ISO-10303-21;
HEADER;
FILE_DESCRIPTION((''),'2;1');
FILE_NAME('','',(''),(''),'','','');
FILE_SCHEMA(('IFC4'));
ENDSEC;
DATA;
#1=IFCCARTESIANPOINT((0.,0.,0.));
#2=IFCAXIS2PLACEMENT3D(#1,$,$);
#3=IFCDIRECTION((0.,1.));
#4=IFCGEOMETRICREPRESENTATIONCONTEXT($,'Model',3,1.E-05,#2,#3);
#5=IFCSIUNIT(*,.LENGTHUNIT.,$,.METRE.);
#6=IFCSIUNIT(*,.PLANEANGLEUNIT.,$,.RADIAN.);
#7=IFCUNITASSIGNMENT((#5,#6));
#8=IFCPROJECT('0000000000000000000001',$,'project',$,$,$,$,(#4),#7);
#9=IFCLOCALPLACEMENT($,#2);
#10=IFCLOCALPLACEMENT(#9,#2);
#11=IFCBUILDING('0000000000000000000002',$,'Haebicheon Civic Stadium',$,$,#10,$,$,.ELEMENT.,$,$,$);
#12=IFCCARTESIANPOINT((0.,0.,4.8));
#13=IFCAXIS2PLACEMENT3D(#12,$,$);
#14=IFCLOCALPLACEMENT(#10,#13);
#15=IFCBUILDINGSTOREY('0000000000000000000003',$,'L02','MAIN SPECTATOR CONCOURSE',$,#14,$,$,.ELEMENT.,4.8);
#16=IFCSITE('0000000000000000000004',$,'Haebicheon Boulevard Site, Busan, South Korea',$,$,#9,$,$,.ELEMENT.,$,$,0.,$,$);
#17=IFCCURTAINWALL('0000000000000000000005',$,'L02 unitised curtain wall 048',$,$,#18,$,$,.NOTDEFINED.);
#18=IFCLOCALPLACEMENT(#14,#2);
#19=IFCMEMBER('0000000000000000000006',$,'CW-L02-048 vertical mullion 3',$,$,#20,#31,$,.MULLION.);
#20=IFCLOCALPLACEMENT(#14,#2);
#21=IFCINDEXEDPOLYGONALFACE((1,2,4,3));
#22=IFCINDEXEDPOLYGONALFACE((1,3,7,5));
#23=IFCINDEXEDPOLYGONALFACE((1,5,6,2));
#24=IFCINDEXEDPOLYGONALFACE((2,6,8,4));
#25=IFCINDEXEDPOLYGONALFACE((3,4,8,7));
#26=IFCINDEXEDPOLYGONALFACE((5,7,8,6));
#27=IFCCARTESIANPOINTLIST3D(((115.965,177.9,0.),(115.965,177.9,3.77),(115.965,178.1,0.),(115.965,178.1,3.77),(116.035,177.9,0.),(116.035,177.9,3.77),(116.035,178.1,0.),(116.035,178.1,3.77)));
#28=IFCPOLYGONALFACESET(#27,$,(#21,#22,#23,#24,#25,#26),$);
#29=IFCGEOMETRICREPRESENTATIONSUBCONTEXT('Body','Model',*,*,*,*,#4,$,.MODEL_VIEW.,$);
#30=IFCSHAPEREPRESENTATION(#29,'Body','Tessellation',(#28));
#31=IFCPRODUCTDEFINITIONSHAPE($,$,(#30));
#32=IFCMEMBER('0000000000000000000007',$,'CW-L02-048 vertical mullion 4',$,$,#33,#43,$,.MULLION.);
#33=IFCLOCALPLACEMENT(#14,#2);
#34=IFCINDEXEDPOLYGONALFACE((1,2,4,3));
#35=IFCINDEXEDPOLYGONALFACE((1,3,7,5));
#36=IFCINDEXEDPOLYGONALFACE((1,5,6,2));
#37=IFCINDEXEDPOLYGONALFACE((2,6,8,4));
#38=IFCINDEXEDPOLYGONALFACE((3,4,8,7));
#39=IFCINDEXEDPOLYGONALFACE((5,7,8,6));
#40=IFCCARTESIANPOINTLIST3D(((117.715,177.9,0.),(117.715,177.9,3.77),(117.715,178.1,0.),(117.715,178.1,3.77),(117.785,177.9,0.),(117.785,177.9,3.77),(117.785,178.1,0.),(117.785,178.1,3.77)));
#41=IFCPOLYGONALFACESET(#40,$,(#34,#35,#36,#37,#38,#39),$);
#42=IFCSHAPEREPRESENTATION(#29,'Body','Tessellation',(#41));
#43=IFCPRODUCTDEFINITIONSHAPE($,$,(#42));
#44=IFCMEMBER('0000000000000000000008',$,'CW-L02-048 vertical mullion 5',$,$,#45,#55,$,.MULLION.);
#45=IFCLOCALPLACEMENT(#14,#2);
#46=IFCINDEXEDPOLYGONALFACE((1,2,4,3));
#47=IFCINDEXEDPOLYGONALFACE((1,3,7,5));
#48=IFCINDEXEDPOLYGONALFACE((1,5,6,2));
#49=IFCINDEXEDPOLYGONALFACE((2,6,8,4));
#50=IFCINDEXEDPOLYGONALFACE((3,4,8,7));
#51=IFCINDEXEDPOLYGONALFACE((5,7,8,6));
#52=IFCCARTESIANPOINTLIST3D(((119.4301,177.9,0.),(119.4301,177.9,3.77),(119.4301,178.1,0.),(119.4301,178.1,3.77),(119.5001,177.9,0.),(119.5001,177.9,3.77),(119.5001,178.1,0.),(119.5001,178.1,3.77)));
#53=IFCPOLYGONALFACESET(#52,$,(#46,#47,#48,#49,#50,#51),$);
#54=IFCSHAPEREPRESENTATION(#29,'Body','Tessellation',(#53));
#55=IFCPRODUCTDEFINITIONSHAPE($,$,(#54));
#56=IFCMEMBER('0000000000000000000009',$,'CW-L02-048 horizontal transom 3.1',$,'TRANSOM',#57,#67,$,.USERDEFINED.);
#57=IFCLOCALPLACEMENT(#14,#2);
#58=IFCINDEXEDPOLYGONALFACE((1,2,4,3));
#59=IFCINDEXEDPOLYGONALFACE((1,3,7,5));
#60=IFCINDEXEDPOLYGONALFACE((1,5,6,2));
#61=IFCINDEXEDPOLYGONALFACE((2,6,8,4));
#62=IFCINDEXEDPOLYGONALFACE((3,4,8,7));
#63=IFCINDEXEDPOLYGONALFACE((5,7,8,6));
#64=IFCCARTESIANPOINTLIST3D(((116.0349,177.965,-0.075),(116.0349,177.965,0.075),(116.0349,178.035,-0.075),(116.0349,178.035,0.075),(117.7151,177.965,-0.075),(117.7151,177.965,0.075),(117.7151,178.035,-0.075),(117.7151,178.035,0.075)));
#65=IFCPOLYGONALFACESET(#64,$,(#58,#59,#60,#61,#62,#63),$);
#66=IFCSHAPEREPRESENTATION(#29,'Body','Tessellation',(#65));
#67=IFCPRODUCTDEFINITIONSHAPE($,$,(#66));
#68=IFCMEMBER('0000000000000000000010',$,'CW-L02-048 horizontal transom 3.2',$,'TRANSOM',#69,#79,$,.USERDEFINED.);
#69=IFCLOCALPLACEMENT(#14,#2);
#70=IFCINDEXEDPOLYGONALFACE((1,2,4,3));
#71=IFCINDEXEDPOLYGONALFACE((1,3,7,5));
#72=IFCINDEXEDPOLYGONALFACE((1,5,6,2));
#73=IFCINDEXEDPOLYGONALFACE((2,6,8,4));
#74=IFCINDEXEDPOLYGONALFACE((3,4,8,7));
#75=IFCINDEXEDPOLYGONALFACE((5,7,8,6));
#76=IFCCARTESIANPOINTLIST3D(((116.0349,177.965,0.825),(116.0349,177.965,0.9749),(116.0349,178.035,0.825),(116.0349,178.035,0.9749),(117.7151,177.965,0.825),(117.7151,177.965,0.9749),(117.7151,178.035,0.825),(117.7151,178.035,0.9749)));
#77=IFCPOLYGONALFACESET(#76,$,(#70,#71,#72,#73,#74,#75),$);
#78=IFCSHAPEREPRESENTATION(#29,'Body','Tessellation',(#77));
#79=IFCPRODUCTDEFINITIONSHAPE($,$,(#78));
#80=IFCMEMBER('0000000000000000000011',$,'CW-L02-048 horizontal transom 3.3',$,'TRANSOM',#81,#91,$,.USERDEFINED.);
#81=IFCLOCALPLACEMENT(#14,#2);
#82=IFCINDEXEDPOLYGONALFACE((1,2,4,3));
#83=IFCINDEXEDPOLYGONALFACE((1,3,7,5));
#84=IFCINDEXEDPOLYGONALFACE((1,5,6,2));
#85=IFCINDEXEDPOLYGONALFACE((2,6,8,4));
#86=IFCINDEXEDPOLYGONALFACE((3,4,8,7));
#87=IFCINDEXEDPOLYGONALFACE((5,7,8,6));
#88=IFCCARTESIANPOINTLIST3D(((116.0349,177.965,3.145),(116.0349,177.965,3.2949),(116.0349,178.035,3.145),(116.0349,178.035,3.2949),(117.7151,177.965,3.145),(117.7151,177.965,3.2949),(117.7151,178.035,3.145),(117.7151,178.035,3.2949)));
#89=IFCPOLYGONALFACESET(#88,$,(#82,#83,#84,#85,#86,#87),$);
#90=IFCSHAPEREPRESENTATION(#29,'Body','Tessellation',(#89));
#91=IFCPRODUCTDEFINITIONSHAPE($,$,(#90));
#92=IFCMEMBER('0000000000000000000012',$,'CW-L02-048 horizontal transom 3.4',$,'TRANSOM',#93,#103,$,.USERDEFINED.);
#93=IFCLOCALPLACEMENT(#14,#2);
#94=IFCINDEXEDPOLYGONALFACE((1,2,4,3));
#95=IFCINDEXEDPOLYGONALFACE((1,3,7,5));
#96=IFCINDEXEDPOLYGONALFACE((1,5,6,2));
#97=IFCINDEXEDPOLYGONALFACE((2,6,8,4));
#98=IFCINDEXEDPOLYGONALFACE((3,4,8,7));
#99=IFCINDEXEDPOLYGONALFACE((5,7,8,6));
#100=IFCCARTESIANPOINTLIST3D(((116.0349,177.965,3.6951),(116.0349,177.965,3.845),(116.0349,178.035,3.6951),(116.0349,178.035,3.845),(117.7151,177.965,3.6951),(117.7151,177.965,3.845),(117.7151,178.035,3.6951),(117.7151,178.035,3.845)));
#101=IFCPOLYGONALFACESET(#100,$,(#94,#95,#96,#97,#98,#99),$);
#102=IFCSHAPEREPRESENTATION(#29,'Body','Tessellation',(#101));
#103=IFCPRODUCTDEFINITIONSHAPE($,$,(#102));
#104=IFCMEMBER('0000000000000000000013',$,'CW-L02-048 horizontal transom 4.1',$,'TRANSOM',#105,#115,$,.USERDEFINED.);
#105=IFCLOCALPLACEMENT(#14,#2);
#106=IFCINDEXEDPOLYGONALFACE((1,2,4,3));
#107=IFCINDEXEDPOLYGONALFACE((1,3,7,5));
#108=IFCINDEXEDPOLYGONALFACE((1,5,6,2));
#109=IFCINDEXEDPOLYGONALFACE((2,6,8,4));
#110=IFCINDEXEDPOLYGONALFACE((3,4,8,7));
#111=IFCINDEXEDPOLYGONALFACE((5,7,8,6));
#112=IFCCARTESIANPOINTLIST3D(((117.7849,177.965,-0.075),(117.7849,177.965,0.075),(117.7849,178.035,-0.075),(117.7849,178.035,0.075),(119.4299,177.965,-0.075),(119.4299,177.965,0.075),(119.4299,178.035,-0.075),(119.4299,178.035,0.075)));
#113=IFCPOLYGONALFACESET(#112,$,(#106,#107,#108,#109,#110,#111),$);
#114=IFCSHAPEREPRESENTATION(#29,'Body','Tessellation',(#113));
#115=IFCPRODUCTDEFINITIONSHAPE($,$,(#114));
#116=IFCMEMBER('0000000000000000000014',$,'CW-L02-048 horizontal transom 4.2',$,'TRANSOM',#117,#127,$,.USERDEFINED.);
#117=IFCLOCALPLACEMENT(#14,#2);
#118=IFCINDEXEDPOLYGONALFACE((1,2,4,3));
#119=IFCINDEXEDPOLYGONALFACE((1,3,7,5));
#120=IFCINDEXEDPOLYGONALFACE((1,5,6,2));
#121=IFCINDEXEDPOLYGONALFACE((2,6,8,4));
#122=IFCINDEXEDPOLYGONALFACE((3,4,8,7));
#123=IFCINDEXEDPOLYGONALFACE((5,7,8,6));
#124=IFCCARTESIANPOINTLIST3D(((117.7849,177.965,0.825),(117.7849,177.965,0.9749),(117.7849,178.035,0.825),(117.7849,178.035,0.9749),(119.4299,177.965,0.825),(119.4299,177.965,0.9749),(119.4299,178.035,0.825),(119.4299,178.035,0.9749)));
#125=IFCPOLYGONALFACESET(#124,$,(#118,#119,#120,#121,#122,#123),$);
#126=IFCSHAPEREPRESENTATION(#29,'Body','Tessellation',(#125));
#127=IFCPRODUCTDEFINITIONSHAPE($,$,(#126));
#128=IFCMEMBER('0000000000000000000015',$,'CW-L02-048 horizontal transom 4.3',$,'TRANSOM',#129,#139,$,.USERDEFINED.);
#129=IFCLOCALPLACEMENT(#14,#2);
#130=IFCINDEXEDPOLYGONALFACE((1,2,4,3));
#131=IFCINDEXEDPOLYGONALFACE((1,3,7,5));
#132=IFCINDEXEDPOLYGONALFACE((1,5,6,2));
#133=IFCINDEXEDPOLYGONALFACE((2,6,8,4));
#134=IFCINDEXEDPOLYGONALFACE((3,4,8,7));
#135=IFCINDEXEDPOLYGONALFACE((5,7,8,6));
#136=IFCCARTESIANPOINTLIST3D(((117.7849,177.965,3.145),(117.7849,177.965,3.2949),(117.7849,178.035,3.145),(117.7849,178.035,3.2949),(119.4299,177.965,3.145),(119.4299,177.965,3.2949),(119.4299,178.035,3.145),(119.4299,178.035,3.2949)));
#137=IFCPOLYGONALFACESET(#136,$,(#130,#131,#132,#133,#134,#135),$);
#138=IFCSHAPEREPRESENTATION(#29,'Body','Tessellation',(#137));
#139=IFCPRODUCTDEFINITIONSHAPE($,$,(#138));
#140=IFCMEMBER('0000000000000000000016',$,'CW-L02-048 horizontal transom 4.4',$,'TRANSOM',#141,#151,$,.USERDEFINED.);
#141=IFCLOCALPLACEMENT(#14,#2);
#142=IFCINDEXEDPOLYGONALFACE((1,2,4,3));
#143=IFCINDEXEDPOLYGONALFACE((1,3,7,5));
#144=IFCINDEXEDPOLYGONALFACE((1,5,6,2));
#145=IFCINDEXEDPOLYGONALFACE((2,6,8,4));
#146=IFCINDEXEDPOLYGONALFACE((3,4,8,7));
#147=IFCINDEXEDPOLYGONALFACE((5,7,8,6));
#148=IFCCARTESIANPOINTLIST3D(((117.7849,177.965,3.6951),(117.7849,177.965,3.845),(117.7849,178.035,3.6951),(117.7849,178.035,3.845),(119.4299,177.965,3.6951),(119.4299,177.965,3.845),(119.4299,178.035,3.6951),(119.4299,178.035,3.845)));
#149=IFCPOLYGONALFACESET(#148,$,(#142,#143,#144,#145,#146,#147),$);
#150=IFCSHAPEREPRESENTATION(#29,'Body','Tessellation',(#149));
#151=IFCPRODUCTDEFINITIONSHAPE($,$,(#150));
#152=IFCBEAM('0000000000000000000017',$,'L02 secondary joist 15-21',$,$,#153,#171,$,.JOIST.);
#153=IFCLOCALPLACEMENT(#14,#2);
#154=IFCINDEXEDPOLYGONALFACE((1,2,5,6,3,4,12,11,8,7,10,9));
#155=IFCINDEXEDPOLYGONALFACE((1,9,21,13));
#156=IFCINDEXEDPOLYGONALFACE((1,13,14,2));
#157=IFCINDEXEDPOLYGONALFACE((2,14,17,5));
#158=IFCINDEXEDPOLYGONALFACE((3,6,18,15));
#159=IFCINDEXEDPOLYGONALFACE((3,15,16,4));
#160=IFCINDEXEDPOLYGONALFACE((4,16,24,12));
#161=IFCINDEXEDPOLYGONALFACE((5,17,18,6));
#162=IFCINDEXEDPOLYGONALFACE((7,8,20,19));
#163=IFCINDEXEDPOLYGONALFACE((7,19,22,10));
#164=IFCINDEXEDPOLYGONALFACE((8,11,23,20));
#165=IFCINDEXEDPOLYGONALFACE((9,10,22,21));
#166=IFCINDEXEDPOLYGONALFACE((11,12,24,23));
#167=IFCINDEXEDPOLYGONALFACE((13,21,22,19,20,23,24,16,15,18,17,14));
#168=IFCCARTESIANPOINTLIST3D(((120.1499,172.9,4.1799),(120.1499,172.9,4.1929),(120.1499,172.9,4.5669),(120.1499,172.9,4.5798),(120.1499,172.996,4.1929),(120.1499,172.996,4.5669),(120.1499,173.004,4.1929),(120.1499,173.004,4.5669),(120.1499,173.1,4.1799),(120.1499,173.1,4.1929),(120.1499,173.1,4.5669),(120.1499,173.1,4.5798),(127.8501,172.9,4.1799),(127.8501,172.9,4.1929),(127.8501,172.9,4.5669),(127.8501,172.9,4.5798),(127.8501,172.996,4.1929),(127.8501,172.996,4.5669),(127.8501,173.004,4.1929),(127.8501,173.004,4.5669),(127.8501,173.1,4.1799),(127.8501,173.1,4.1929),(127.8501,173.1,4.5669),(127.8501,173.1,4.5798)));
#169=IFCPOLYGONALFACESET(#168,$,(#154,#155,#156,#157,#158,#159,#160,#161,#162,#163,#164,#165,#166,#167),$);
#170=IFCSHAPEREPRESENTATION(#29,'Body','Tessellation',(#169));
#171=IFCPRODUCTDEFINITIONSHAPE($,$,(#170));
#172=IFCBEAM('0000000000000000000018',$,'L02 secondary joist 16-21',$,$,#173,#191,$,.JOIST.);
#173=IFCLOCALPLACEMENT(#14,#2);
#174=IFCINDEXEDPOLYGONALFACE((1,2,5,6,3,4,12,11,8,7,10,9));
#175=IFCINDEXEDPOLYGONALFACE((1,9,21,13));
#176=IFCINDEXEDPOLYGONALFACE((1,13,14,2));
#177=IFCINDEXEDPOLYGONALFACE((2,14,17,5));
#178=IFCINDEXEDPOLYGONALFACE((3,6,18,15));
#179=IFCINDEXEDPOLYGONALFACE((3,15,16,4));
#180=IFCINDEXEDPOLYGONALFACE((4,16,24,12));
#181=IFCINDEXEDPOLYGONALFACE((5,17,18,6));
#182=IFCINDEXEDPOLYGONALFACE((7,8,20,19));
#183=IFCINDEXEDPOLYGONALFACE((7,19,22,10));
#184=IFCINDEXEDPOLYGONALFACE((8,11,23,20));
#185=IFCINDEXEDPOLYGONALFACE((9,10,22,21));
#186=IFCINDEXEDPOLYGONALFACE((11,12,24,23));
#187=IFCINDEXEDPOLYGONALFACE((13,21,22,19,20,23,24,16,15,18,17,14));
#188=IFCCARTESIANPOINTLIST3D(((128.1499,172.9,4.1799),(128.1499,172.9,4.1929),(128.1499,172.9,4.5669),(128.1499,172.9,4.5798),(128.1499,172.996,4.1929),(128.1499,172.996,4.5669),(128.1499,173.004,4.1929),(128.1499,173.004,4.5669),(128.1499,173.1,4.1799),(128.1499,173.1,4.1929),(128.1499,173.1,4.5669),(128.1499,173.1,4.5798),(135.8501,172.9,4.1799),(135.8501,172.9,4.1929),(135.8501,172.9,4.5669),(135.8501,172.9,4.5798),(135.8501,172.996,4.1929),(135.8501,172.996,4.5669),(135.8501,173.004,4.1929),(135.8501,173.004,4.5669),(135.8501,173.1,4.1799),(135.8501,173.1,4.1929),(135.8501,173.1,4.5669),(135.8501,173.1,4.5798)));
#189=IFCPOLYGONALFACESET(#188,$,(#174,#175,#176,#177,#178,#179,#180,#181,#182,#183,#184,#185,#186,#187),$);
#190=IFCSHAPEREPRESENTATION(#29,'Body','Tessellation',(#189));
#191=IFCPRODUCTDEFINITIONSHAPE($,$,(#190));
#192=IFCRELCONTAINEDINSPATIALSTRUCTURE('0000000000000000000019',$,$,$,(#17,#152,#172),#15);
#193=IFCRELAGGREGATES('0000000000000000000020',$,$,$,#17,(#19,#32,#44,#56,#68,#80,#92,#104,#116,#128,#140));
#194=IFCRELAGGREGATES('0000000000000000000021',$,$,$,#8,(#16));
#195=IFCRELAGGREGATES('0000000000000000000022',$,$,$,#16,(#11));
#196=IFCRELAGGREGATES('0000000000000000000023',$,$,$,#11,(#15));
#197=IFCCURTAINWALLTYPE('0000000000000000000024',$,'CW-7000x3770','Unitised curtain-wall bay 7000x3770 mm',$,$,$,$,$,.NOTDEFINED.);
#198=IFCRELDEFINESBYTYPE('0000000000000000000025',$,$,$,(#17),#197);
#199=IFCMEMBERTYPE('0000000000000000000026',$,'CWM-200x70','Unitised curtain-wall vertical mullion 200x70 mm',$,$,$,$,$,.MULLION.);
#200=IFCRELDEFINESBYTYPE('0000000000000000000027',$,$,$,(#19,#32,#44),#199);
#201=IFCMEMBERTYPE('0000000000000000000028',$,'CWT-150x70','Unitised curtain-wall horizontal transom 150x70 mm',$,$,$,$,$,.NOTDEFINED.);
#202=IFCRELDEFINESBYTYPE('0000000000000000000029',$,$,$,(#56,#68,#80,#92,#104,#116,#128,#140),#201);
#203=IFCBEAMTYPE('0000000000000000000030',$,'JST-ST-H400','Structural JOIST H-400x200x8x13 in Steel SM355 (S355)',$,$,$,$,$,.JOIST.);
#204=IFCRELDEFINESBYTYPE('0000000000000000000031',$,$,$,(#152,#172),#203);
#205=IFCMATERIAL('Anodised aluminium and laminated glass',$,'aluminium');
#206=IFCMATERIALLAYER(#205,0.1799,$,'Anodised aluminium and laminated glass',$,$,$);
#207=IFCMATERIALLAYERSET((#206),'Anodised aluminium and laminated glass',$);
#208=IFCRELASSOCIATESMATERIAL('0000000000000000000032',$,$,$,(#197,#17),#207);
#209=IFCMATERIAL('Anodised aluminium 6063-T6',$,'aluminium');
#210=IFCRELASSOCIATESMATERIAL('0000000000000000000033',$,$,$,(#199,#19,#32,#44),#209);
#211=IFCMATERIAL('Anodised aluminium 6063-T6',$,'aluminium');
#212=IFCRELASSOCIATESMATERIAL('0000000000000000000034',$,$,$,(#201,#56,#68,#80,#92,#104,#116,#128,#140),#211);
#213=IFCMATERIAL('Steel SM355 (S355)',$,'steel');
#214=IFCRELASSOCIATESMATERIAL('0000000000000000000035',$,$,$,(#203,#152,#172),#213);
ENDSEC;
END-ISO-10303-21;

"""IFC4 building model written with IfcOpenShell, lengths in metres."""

from ifc_helpers import new_model, si_unit, direction, frame, origin, origin_2d, place, context, subcontext, project, spatial, rectangle, i_section, extrude, material, layer, layer_set, material_profile, profile_set, type_object, element, aggregate, save


model = new_model("IFC4")

# Units and contexts
model_context = context("Model", 3, precision=1e-05, world=origin(), true_north=direction((0.0, 1.0)))
body_context = subcontext(model_context, "Body", "Model", "MODEL_VIEW")
ifc_project = project(units=[si_unit("LENGTHUNIT", "METRE"), si_unit("PLANEANGLEUNIT", "RADIAN")], contexts=[model_context])

# Site, building, storey
site_placement = place(None, origin())
site = spatial("IfcSite", under=ifc_project, at=site_placement, Name="Haebicheon Boulevard Site, Busan, South Korea", CompositionType="ELEMENT", RefElevation=0.0)
building_placement = place(site_placement, origin())
building = spatial("IfcBuilding", under=site, at=building_placement, Name="Haebicheon Civic Stadium", CompositionType="ELEMENT")
storey_placement = place(building_placement, frame((0.0, 0.0, 4.8)))
storey = spatial("IfcBuildingStorey", under=building, at=storey_placement, Name="L02", Description="MAIN SPECTATOR CONCOURSE", CompositionType="ELEMENT", Elevation=4.8)

# Curtain wall, members
ifc_material_1 = material(Name="Anodised aluminium and laminated glass", Category="aluminium")
ifc_layer_1 = layer(ifc_material_1, 0.1799, Name="Anodised aluminium and laminated glass")
ifc_layer_set_1 = layer_set([ifc_layer_1], Name="Anodised aluminium and laminated glass")
curtain_wall_type = type_object("IfcCurtainWallType", Name="CW-7000x3770", Description="Unitised curtain-wall bay 7000x3770 mm", PredefinedType="NOTDEFINED", material=ifc_layer_set_1)
curtain_wall_placement = place(storey_placement, origin())
curtain_wall = element("IfcCurtainWall", 1, at=curtain_wall_placement, inside=storey, type_object=curtain_wall_type, material=ifc_layer_set_1, Name="L02 unitised curtain wall 048", PredefinedType="NOTDEFINED")
ifc_material_2 = material(Name="Anodised aluminium 6063-T6", Category="aluminium")
ifc_material_profile_1 = material_profile(ifc_material_2, rectangle(XDim=0.0701, YDim=0.2, at=origin_2d()), Name="ALU-MULL-70x200")
ifc_profile_set_1 = profile_set([ifc_material_profile_1], Name="Anodised aluminium 6063-T6")
member_type_1 = type_object("IfcMemberType", Name="CWM-200x70", Description="Unitised curtain-wall vertical mullion 200x70 mm", PredefinedType="MULLION", material=ifc_profile_set_1)
member_1_placement = place(storey_placement, frame((116.0, 178.0, 0.0), z_axis=(0.0, 0.0, 1.0), x_axis=(1.0, 0.0, 0.0)))
member_1 = element("IfcMember", 2, at=member_1_placement, type_object=member_type_1, material=ifc_profile_set_1, Name="CW-L02-048 vertical mullion 3", PredefinedType="MULLION", context=body_context, shape_type="SweptSolid", body=[
    extrude(rectangle(XDim=0.0701, YDim=0.2, at=origin_2d()), origin(), (0.0, 0.0, 1.0), 3.77),
])
member_2_placement = place(storey_placement, frame((117.75, 178.0, 0.0), z_axis=(0.0, 0.0, 1.0), x_axis=(1.0, 0.0, 0.0)))
member_2 = element("IfcMember", 3, at=member_2_placement, type_object=member_type_1, material=ifc_profile_set_1, Name="CW-L02-048 vertical mullion 4", PredefinedType="MULLION", context=body_context, shape_type="SweptSolid", body=[
    extrude(rectangle(XDim=0.0701, YDim=0.2, at=origin_2d()), origin(), (0.0, 0.0, 1.0), 3.77),
])
member_3_placement = place(storey_placement, frame((119.4651, 178.0, 0.0), z_axis=(0.0, 0.0, 1.0), x_axis=(1.0, 0.0, 0.0)))
member_3 = element("IfcMember", 4, at=member_3_placement, type_object=member_type_1, material=ifc_profile_set_1, Name="CW-L02-048 vertical mullion 5", PredefinedType="MULLION", context=body_context, shape_type="SweptSolid", body=[
    extrude(rectangle(XDim=0.0701, YDim=0.2, at=origin_2d()), origin(), (0.0, 0.0, 1.0), 3.77),
])
ifc_material_3 = material(Name="Anodised aluminium 6063-T6", Category="aluminium")
ifc_material_profile_2 = material_profile(ifc_material_3, rectangle(XDim=0.0701, YDim=0.1499, at=origin_2d()), Name="ALU-TRAN-70x150")
ifc_profile_set_2 = profile_set([ifc_material_profile_2], Name="Anodised aluminium 6063-T6")
member_type_2 = type_object("IfcMemberType", Name="CWT-150x70", Description="Unitised curtain-wall horizontal transom 150x70 mm", PredefinedType="NOTDEFINED", material=ifc_profile_set_2)
member_4_placement = place(storey_placement, frame((116.0349, 178.0, 0.0), z_axis=(1.0, 0.0, 0.0), x_axis=(0.0, 1.0, 0.0)))
member_4 = element("IfcMember", 5, at=member_4_placement, type_object=member_type_2, material=ifc_profile_set_2, Name="CW-L02-048 horizontal transom 3.1", ObjectType="TRANSOM", PredefinedType="USERDEFINED", context=body_context, shape_type="SweptSolid", body=[
    extrude(rectangle(XDim=0.0701, YDim=0.1499, at=origin_2d()), origin(), (0.0, 0.0, 1.0), 1.6802),
])
member_5_placement = place(storey_placement, frame((116.0349, 178.0, 0.8999), z_axis=(1.0, 0.0, 0.0), x_axis=(0.0, 1.0, 0.0)))
member_5 = element("IfcMember", 6, at=member_5_placement, type_object=member_type_2, material=ifc_profile_set_2, Name="CW-L02-048 horizontal transom 3.2", ObjectType="TRANSOM", PredefinedType="USERDEFINED", context=body_context, shape_type="SweptSolid", body=[
    extrude(rectangle(XDim=0.0701, YDim=0.1499, at=origin_2d()), origin(), (0.0, 0.0, 1.0), 1.6802),
])
member_6_placement = place(storey_placement, frame((116.0349, 178.0, 3.22), z_axis=(1.0, 0.0, 0.0), x_axis=(0.0, 1.0, 0.0)))
member_6 = element("IfcMember", 7, at=member_6_placement, type_object=member_type_2, material=ifc_profile_set_2, Name="CW-L02-048 horizontal transom 3.3", ObjectType="TRANSOM", PredefinedType="USERDEFINED", context=body_context, shape_type="SweptSolid", body=[
    extrude(rectangle(XDim=0.0701, YDim=0.1499, at=origin_2d()), origin(), (0.0, 0.0, 1.0), 1.6802),
])
member_7_placement = place(storey_placement, frame((116.0349, 178.0, 3.77), z_axis=(1.0, 0.0, 0.0), x_axis=(0.0, 1.0, 0.0)))
member_7 = element("IfcMember", 8, at=member_7_placement, type_object=member_type_2, material=ifc_profile_set_2, Name="CW-L02-048 horizontal transom 3.4", ObjectType="TRANSOM", PredefinedType="USERDEFINED", context=body_context, shape_type="SweptSolid", body=[
    extrude(rectangle(XDim=0.0701, YDim=0.1499, at=origin_2d()), origin(), (0.0, 0.0, 1.0), 1.6802),
])
member_8_placement = place(storey_placement, frame((117.7849, 178.0, 0.0), z_axis=(1.0, 0.0, 0.0), x_axis=(0.0, 1.0, 0.0)))
member_8 = element("IfcMember", 9, at=member_8_placement, type_object=member_type_2, material=ifc_profile_set_2, Name="CW-L02-048 horizontal transom 4.1", ObjectType="TRANSOM", PredefinedType="USERDEFINED", context=body_context, shape_type="SweptSolid", body=[
    extrude(rectangle(XDim=0.0701, YDim=0.1499, at=origin_2d()), origin(), (0.0, 0.0, 1.0), 1.645),
])
member_9_placement = place(storey_placement, frame((117.7849, 178.0, 0.8999), z_axis=(1.0, 0.0, 0.0), x_axis=(0.0, 1.0, 0.0)))
member_9 = element("IfcMember", 10, at=member_9_placement, type_object=member_type_2, material=ifc_profile_set_2, Name="CW-L02-048 horizontal transom 4.2", ObjectType="TRANSOM", PredefinedType="USERDEFINED", context=body_context, shape_type="SweptSolid", body=[
    extrude(rectangle(XDim=0.0701, YDim=0.1499, at=origin_2d()), origin(), (0.0, 0.0, 1.0), 1.645),
])
member_10_placement = place(storey_placement, frame((117.7849, 178.0, 3.22), z_axis=(1.0, 0.0, 0.0), x_axis=(0.0, 1.0, 0.0)))
member_10 = element("IfcMember", 11, at=member_10_placement, type_object=member_type_2, material=ifc_profile_set_2, Name="CW-L02-048 horizontal transom 4.3", ObjectType="TRANSOM", PredefinedType="USERDEFINED", context=body_context, shape_type="SweptSolid", body=[
    extrude(rectangle(XDim=0.0701, YDim=0.1499, at=origin_2d()), origin(), (0.0, 0.0, 1.0), 1.645),
])
member_11_placement = place(storey_placement, frame((117.7849, 178.0, 3.77), z_axis=(1.0, 0.0, 0.0), x_axis=(0.0, 1.0, 0.0)))
member_11 = element("IfcMember", 12, at=member_11_placement, type_object=member_type_2, material=ifc_profile_set_2, Name="CW-L02-048 horizontal transom 4.4", ObjectType="TRANSOM", PredefinedType="USERDEFINED", context=body_context, shape_type="SweptSolid", body=[
    extrude(rectangle(XDim=0.0701, YDim=0.1499, at=origin_2d()), origin(), (0.0, 0.0, 1.0), 1.645),
])

# Beams
ifc_material_4 = material(Name="Steel SM355 (S355)", Category="steel")
ifc_material_profile_3 = material_profile(ifc_material_4, i_section(OverallWidth=0.2, OverallDepth=0.3999, WebThickness=0.0081, FlangeThickness=0.0129, at=origin_2d()), Name="H-400x200x8x13")
ifc_profile_set_3 = profile_set([ifc_material_profile_3], Name="Steel SM355 (S355)")
beam_type_1 = type_object("IfcBeamType", Name="JST-ST-H400", Description="Structural JOIST H-400x200x8x13 in Steel SM355 (S355)", PredefinedType="JOIST", material=ifc_profile_set_3)
for number, where, z_axis, x_axis, name in (
    (13, (120.1499, 173.0, 4.3799), (1.0, 0.0, 0.0), (0.0, 1.0, 0.0), "L02 secondary joist 15-21"),
    (14, (128.1499, 173.0, 4.3799), (1.0, 0.0, 0.0), (0.0, 1.0, 0.0), "L02 secondary joist 16-21"),
):
    element("IfcBeam", number, at=place(storey_placement, frame(where, z_axis=z_axis, x_axis=x_axis)), inside=storey, type_object=beam_type_1, material=ifc_profile_set_3, Name=name, PredefinedType="JOIST", context=body_context, shape_type="SweptSolid", body=[
        extrude(i_section(OverallWidth=0.2, OverallDepth=0.3999, WebThickness=0.0081, FlangeThickness=0.0129, at=origin_2d()), origin(), (0.0, 0.0, 1.0), 7.7002),
    ])

aggregate(curtain_wall, [member_1, member_2, member_3, member_4, member_5, member_6, member_7, member_8, member_9, member_10, member_11])

save(model, "model.ifc")
